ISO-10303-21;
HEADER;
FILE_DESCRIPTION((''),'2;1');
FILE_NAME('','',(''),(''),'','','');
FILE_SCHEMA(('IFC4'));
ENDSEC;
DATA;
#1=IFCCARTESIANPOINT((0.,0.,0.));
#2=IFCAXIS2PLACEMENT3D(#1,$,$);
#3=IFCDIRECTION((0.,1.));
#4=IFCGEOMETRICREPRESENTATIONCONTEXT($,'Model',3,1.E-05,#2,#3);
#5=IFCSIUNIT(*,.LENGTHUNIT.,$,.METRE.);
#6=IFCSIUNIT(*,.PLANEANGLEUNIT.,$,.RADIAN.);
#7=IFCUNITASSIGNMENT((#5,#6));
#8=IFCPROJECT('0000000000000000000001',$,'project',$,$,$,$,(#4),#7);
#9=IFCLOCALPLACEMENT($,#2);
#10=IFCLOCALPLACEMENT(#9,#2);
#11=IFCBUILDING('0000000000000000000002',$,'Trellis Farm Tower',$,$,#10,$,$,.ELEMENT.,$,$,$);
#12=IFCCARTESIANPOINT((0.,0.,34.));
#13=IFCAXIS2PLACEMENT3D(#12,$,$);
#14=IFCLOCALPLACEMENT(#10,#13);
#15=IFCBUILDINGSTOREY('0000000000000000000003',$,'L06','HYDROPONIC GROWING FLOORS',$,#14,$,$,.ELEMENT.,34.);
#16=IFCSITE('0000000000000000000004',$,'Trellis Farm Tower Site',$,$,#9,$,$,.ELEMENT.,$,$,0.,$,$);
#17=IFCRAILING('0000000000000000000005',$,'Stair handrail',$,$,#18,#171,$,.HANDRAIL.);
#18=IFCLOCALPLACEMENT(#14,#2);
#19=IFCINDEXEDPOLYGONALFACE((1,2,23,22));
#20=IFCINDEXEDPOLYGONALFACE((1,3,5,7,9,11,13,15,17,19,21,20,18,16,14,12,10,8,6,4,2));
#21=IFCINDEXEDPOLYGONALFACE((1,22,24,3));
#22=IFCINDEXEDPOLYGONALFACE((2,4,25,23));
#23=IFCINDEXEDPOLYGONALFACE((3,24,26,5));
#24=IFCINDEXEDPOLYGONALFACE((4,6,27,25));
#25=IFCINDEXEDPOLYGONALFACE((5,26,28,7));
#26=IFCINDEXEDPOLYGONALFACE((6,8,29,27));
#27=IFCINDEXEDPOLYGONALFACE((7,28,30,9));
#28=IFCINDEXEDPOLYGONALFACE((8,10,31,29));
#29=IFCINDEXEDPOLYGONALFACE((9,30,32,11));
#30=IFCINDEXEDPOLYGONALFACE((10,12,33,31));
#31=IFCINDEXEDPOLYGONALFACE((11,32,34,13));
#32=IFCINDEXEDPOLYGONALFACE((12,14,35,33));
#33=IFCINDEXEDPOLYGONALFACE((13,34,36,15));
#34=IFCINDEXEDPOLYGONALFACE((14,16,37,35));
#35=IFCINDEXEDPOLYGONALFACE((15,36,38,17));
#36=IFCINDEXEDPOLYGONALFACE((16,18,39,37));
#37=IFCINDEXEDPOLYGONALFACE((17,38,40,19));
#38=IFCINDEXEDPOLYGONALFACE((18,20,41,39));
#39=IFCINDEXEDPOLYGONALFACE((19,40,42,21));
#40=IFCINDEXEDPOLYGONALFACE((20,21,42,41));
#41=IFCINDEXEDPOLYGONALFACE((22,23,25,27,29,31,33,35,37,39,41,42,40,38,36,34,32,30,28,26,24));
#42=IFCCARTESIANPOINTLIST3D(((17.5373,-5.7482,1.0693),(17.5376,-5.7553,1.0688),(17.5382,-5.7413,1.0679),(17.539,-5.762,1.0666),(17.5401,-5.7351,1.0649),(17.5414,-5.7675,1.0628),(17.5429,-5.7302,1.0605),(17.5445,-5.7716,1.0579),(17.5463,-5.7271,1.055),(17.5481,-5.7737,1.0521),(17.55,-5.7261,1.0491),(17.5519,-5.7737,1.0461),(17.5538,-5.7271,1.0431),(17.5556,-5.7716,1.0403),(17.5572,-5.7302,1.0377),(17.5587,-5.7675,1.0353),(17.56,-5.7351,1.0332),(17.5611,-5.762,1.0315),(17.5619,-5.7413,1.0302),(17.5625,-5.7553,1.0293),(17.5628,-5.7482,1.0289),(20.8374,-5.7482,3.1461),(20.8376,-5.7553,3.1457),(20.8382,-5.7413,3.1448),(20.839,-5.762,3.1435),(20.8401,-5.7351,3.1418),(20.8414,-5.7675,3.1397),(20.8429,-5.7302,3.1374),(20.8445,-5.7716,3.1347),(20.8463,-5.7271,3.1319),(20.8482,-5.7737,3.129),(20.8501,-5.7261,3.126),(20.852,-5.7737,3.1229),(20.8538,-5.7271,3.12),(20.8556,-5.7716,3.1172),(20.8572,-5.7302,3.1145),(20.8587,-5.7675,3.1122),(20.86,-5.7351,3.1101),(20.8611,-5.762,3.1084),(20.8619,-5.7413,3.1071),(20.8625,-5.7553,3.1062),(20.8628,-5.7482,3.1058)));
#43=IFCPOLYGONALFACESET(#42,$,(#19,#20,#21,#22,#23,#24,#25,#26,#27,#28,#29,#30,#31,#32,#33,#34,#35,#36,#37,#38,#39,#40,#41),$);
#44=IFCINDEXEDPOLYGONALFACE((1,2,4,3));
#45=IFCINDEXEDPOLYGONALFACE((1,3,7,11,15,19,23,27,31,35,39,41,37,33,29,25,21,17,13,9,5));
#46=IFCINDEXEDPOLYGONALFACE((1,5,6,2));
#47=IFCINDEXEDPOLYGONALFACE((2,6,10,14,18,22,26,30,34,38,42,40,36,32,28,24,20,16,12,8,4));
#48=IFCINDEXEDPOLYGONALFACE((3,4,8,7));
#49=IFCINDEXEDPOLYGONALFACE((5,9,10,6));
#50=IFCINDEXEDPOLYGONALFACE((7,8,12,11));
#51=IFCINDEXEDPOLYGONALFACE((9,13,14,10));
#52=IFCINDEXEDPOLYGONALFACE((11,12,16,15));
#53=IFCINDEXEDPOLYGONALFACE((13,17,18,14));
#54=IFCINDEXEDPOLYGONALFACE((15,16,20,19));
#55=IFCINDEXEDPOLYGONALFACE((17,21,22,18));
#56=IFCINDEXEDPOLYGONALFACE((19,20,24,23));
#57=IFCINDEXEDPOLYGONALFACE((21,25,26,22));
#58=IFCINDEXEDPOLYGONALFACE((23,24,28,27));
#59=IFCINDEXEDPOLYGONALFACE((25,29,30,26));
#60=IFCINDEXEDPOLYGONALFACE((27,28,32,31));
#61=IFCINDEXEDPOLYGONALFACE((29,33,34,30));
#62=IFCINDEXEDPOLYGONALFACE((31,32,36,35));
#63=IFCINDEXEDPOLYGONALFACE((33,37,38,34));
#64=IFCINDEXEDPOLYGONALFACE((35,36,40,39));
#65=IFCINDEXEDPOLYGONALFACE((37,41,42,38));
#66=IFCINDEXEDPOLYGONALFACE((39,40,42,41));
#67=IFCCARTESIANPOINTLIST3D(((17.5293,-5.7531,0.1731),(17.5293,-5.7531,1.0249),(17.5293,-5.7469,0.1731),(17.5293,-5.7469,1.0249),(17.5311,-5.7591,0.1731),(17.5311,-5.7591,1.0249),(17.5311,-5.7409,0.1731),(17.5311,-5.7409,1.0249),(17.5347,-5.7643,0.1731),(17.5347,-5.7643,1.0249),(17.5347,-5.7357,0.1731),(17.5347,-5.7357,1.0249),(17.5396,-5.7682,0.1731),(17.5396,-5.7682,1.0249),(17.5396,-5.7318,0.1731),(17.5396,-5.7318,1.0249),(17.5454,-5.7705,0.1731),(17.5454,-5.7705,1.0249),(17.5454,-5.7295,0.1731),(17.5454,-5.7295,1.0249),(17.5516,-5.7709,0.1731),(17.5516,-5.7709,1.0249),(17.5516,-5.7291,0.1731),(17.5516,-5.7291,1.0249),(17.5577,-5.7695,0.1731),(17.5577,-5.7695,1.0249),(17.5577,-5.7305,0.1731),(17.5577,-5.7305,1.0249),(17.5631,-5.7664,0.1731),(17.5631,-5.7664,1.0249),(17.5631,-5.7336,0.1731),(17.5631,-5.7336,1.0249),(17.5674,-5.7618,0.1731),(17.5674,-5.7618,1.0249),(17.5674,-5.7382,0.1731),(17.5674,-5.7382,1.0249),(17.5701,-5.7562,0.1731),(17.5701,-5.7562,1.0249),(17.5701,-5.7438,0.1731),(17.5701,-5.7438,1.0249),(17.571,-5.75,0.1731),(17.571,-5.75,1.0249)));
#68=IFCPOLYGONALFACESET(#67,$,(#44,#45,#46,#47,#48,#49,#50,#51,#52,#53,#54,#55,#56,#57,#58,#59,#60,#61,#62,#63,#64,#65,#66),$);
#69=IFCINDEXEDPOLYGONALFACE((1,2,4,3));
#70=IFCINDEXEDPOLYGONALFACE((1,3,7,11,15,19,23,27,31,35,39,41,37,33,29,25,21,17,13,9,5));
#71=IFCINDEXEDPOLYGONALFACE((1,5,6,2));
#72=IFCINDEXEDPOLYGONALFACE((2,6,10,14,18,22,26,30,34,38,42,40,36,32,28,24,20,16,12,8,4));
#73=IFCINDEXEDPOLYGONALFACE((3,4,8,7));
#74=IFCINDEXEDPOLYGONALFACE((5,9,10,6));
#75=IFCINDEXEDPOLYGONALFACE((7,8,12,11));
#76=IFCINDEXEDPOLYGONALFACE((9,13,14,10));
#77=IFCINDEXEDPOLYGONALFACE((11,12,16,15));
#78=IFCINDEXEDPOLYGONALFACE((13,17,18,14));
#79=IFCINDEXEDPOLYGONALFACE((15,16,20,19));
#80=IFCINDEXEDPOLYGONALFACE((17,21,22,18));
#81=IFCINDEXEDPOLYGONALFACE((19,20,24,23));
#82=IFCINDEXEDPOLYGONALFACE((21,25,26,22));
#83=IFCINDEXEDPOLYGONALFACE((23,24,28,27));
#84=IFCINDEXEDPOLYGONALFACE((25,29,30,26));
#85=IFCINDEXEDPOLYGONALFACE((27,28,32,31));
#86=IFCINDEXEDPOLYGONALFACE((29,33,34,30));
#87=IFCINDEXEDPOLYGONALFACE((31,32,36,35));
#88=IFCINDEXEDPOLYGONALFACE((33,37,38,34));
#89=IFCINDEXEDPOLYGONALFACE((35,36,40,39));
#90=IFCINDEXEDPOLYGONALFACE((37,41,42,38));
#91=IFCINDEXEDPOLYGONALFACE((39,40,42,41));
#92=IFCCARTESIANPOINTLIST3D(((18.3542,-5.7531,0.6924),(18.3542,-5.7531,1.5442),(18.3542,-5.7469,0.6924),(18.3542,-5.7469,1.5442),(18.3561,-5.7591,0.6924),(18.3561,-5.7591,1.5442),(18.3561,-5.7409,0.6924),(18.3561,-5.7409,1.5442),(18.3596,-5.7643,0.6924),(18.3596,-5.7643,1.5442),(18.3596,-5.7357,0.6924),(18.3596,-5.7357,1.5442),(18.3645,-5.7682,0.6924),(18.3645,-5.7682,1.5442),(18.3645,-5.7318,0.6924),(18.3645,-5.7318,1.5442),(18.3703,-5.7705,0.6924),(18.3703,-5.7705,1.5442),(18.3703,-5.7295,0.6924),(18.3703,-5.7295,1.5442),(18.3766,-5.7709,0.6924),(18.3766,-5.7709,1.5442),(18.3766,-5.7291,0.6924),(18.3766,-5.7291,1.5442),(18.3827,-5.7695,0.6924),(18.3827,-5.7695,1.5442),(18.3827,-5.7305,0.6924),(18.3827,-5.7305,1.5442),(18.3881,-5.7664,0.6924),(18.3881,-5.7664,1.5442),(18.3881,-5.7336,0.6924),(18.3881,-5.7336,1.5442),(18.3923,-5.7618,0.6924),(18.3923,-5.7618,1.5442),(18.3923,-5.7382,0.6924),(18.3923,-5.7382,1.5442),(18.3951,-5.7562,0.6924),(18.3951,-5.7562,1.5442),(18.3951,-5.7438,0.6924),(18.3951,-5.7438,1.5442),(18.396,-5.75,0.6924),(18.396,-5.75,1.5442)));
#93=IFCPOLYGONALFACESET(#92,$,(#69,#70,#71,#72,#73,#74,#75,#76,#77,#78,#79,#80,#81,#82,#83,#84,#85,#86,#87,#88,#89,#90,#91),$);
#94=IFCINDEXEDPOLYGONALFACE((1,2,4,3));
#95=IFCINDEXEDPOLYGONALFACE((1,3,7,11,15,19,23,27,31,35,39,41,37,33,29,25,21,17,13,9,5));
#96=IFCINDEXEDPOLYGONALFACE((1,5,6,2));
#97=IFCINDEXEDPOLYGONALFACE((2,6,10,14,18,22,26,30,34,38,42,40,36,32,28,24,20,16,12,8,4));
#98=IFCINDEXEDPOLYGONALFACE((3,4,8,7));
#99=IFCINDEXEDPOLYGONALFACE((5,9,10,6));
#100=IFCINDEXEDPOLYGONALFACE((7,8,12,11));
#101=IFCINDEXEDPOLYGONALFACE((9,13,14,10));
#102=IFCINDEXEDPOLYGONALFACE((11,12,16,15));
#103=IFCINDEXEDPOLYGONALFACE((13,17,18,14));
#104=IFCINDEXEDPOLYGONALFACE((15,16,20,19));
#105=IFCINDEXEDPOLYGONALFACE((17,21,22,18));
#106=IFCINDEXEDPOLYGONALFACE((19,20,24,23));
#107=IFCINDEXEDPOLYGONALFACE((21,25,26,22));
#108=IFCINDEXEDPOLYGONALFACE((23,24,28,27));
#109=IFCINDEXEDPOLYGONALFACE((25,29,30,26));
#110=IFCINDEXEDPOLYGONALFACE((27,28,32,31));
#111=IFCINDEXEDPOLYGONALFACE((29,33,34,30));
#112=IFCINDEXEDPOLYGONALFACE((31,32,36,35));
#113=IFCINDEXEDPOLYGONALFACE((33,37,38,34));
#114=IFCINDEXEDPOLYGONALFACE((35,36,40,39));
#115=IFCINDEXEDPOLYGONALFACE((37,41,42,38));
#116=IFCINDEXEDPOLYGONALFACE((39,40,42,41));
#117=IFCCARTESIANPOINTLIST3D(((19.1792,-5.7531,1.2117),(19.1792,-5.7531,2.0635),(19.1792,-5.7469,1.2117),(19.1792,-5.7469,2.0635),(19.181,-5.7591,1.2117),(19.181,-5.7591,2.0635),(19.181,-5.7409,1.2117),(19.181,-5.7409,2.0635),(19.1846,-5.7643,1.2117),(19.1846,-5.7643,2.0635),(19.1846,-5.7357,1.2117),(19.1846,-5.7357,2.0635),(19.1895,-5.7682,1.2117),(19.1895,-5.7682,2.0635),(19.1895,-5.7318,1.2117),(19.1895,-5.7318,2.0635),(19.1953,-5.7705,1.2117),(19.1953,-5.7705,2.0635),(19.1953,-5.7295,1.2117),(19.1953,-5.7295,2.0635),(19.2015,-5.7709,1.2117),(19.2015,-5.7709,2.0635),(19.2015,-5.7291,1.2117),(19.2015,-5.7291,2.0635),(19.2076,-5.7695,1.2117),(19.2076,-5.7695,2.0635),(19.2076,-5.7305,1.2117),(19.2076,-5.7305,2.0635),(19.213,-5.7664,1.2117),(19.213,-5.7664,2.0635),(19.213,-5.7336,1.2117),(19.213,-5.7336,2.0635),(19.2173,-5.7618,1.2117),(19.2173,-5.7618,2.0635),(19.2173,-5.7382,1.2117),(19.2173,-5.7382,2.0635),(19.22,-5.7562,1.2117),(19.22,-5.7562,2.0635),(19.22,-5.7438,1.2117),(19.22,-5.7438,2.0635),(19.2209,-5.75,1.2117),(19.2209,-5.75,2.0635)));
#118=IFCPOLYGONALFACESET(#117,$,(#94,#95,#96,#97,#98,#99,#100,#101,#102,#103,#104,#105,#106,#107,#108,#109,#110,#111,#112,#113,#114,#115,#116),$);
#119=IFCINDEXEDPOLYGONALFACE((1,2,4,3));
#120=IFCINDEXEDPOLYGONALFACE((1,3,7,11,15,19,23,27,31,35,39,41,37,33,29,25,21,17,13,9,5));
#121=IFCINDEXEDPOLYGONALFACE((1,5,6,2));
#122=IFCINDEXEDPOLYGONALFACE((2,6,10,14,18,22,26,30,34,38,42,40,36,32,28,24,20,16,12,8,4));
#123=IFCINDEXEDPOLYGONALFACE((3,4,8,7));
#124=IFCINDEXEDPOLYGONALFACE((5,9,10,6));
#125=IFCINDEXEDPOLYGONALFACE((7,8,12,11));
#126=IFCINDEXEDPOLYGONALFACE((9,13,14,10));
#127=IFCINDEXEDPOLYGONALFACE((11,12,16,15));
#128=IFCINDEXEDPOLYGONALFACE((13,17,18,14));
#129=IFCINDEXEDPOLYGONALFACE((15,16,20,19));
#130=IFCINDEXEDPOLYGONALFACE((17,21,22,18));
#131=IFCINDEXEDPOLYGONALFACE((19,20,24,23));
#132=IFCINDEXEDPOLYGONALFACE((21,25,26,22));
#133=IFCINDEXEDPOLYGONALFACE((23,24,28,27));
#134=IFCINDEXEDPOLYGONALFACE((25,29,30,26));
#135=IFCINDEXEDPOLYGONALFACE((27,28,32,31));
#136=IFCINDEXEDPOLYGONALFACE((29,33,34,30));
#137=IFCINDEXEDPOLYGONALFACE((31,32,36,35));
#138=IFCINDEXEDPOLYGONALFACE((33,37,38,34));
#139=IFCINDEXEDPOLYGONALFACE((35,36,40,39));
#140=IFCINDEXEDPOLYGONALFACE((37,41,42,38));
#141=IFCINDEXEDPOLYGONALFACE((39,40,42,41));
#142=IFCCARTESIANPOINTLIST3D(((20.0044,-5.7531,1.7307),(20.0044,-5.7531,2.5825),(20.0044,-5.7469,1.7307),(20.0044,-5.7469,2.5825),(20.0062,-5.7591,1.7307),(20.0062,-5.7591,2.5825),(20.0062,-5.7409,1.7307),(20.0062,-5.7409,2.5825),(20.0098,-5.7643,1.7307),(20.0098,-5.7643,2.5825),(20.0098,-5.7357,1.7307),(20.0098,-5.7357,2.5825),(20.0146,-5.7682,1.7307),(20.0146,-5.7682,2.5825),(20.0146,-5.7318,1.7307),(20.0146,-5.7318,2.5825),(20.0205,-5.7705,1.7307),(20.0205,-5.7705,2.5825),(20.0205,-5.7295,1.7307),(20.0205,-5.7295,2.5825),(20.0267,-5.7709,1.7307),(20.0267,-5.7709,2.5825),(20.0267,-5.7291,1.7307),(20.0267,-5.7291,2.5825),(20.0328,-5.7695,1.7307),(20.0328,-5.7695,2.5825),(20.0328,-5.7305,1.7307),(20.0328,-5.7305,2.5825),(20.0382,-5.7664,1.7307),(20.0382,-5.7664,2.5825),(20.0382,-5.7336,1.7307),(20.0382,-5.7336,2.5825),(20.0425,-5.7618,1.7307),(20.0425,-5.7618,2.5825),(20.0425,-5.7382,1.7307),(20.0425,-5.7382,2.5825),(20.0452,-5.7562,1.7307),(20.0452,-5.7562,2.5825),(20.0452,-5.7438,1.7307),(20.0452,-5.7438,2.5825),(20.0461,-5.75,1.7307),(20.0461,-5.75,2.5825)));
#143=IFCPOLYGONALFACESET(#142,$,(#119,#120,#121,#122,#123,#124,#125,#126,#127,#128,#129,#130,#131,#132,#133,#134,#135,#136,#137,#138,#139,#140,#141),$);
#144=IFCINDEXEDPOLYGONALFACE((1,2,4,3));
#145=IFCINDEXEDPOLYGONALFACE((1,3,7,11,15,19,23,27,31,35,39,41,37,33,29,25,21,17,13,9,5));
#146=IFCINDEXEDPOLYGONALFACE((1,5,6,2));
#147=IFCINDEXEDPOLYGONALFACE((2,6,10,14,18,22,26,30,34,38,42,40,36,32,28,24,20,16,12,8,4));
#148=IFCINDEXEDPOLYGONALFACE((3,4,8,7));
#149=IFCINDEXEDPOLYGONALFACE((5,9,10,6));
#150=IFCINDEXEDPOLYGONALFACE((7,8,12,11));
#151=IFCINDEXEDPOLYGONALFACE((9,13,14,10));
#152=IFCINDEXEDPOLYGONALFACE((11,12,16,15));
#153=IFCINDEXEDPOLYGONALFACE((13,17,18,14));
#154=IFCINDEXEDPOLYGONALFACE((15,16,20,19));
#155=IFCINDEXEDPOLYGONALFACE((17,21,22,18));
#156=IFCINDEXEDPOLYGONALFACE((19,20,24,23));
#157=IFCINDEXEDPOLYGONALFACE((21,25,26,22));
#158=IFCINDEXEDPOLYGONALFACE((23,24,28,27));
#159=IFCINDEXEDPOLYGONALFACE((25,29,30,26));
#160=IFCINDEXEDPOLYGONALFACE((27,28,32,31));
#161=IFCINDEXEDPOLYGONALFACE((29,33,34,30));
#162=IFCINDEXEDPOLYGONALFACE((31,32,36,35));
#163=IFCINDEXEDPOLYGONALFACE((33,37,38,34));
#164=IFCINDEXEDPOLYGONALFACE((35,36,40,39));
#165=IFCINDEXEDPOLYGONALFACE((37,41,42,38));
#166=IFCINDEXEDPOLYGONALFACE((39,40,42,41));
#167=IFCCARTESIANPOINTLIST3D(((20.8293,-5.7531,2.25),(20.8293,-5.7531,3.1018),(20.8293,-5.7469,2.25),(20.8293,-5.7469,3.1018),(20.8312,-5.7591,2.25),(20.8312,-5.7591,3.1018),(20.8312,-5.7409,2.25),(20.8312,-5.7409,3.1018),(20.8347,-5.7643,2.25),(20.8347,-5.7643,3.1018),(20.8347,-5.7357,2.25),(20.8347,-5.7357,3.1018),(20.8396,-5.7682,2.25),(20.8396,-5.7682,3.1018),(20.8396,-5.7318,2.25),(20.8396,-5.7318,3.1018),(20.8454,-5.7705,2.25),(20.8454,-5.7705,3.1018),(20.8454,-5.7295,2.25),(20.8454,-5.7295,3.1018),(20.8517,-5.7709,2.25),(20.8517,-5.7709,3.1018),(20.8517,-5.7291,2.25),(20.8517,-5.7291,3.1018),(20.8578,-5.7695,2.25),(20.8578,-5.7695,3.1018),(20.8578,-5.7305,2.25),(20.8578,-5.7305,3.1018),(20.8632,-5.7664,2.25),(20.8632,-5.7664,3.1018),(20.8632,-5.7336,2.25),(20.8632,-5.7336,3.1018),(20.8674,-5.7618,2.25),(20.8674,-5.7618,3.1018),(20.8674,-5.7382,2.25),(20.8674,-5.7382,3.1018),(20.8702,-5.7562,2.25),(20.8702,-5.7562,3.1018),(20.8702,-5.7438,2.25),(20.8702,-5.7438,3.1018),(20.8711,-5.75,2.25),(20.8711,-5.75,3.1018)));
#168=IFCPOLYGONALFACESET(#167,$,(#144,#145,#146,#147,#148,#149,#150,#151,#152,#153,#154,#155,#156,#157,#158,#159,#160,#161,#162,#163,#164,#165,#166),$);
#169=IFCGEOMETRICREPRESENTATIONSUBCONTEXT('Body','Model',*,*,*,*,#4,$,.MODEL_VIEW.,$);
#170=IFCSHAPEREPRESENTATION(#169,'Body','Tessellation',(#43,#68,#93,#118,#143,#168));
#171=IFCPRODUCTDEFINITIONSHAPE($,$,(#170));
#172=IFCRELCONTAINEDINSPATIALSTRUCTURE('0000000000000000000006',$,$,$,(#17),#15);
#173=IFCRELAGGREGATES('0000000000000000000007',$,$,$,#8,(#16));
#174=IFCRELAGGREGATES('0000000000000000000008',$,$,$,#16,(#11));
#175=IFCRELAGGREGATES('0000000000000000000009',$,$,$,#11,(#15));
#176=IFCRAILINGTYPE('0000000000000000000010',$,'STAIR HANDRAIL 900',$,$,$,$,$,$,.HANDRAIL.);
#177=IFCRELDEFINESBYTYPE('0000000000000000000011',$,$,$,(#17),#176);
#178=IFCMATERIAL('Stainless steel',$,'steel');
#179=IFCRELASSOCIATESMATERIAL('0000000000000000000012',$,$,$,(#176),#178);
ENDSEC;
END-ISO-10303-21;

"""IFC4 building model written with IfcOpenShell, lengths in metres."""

from ifc_helpers import new_model, si_unit, direction, frame, origin, origin_2d, place, context, subcontext, project, spatial, circle, extrude, source, transform, mapped, material, type_object, element, save


model = new_model("IFC4")

# Units and contexts
model_context = context("Model", 3, precision=1e-05, world=origin(), true_north=direction((0.0, 1.0)))
body_context = subcontext(model_context, "Body", "Model", "MODEL_VIEW")
ifc_project = project(units=[si_unit("LENGTHUNIT", "METRE"), si_unit("PLANEANGLEUNIT", "RADIAN")], contexts=[model_context])

# Site, building, storey
site_placement = place(None, origin())
site = spatial("IfcSite", under=ifc_project, at=site_placement, Name="Trellis Farm Tower Site", CompositionType="ELEMENT", RefElevation=0.0)
building_placement = place(site_placement, origin())
building = spatial("IfcBuilding", under=site, at=building_placement, Name="Trellis Farm Tower", CompositionType="ELEMENT")
storey_placement = place(building_placement, frame((0.0, 0.0, 34.0)))
storey = spatial("IfcBuildingStorey", under=building, at=storey_placement, Name="L06", Description="HYDROPONIC GROWING FLOORS", CompositionType="ELEMENT", Elevation=34.0)

# Shared definitions
ifc_material_1 = material(Name="Stainless steel", Category="steel")

# Railing
railing_type = type_object("IfcRailingType", Name="STAIR HANDRAIL 900", PredefinedType="HANDRAIL", material=ifc_material_1)
shared_shape_1 = source(origin(), body_context, "Body", "SweptSolid", [
    extrude(circle(Radius=0.0239, at=origin_2d()), frame((0.0, 0.0, 0.876), z_axis=(0.846337, 0.0, 0.532647), x_axis=(0.0, 1.0, 0.0)), (0.0, 0.0, 1.0), 3.8992),
    extrude(circle(Radius=0.021, at=origin_2d()), origin(), (0.0, 0.0, 1.0), 0.8518),
    extrude(circle(Radius=0.021, at=origin_2d()), frame((0.825, 0.0, 0.5193)), (0.0, 0.0, 1.0), 0.8518),
    extrude(circle(Radius=0.021, at=origin_2d()), frame((1.6499, 0.0, 1.0386)), (0.0, 0.0, 1.0), 0.8518),
    extrude(circle(Radius=0.021, at=origin_2d()), frame((2.4751, 0.0, 1.5576)), (0.0, 0.0, 1.0), 0.8518),
    extrude(circle(Radius=0.021, at=origin_2d()), frame((3.3, 0.0, 2.0769)), (0.0, 0.0, 1.0), 0.8518),
])
for number, where, name in (
    (1, (17.55, -5.75, 0.1731), "Stair handrail"),
):
    element("IfcRailing", number, at=place(storey_placement, frame(where)), inside=storey, type_object=railing_type, Name=name, PredefinedType="HANDRAIL", context=body_context, shape_type="MappedRepresentation", body=[
        mapped(shared_shape_1, transform((0.0, 0.0, 0.0))),
    ])

save(model, "model.ifc")
